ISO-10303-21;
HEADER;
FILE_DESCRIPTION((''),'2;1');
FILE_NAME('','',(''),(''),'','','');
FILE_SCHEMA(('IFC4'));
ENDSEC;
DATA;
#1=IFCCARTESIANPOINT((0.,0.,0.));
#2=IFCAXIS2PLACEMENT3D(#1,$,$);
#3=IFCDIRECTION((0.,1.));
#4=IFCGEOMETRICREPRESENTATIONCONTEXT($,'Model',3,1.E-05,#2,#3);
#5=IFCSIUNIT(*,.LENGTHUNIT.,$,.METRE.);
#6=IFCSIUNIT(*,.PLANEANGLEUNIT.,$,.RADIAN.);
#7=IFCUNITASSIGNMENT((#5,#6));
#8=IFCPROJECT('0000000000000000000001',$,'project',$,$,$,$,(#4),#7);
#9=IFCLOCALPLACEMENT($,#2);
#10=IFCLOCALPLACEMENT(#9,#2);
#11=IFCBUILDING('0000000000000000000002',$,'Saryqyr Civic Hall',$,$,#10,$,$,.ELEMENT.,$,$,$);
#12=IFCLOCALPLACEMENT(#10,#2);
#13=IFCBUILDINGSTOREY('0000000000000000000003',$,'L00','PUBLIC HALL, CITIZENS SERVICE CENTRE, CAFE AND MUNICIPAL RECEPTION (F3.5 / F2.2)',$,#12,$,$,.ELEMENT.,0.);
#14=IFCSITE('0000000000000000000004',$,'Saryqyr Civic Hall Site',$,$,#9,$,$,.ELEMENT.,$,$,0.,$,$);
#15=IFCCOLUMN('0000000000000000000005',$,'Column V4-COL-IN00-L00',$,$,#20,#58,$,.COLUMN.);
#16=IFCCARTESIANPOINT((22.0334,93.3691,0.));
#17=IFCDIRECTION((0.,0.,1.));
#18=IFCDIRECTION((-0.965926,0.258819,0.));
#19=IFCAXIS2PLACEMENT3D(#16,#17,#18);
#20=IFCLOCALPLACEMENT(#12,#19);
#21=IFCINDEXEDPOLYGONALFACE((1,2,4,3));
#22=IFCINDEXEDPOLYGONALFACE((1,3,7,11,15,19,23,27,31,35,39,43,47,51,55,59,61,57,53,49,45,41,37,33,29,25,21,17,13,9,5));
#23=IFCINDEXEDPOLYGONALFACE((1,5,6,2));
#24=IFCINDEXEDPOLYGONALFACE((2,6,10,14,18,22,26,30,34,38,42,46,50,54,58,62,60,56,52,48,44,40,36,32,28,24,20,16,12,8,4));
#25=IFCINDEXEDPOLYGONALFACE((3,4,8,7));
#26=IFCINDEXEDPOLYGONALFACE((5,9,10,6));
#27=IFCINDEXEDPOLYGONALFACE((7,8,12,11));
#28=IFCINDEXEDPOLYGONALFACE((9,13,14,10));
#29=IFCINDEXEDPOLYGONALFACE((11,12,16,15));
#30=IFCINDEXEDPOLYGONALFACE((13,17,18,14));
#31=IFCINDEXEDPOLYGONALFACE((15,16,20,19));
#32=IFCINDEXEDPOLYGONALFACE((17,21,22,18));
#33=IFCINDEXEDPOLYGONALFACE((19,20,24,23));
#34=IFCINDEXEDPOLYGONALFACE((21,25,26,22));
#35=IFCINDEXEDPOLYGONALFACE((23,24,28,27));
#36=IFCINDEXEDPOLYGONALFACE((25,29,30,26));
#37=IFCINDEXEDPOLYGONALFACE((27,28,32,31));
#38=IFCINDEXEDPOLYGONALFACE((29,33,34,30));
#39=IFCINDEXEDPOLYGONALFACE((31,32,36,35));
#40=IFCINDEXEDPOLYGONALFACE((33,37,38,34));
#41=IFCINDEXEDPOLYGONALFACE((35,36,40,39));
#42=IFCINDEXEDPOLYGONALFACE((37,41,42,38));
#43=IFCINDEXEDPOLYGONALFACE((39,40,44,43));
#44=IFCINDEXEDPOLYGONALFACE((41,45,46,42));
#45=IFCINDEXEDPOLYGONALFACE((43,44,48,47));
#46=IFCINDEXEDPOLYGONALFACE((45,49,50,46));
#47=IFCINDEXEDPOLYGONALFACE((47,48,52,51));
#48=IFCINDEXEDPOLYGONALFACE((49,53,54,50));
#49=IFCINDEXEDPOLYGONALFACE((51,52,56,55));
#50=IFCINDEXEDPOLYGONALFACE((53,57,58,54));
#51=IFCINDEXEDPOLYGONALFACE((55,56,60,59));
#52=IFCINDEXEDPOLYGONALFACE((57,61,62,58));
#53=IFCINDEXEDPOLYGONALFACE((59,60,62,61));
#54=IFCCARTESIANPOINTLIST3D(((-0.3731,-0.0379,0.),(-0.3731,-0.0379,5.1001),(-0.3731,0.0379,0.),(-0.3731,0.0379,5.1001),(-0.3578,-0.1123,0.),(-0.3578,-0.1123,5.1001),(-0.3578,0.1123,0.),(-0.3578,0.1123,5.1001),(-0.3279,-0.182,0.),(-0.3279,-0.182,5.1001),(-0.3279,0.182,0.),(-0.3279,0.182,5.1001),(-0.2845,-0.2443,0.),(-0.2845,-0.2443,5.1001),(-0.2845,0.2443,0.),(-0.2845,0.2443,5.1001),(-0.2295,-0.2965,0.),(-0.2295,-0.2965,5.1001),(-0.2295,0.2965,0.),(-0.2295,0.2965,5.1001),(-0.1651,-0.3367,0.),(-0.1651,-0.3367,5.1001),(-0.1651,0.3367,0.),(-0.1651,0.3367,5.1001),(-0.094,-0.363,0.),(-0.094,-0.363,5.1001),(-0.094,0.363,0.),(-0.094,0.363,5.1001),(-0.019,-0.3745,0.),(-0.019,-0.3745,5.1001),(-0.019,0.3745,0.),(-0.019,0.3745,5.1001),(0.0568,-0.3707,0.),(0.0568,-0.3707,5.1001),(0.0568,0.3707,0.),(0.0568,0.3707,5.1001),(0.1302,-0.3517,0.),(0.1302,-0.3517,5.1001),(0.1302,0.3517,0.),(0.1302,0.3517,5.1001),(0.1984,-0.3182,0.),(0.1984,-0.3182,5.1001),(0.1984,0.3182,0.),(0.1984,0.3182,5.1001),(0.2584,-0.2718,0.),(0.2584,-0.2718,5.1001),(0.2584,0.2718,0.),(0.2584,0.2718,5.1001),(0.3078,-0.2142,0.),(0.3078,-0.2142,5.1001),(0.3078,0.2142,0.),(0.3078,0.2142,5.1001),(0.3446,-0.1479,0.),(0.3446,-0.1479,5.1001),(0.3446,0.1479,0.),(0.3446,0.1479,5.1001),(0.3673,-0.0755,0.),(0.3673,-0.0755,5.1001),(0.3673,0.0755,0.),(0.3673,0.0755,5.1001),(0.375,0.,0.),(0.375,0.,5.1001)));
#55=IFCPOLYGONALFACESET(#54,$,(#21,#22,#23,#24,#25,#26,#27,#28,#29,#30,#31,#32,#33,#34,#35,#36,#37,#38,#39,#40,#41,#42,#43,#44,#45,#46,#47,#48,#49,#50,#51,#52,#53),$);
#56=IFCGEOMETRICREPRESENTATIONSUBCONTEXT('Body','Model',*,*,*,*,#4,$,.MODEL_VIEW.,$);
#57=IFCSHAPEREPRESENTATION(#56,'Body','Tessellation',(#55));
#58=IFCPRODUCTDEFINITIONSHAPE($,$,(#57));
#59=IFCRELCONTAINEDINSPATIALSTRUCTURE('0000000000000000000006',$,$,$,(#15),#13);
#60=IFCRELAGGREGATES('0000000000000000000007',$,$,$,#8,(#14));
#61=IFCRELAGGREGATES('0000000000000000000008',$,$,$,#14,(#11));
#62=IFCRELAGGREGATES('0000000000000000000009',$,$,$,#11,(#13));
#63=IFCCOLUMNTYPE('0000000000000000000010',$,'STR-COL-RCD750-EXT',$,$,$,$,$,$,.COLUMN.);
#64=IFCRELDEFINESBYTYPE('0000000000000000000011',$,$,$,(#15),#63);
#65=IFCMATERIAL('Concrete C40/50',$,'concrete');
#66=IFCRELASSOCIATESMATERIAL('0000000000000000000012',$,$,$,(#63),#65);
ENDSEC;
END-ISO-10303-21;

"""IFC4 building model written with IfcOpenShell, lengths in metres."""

from ifc_helpers import new_model, si_unit, direction, frame, origin, origin_2d, place, context, subcontext, project, spatial, circle, extrude, material, material_profile, profile_set, type_object, element, save


model = new_model("IFC4")

# Units and contexts
model_context = context("Model", 3, precision=1e-05, world=origin(), true_north=direction((0.0, 1.0)))
body_context = subcontext(model_context, "Body", "Model", "MODEL_VIEW")
ifc_project = project(units=[si_unit("LENGTHUNIT", "METRE"), si_unit("PLANEANGLEUNIT", "RADIAN")], contexts=[model_context])

# Site, building, storey
site_placement = place(None, origin())
site = spatial("IfcSite", under=ifc_project, at=site_placement, Name="Saryqyr Civic Hall Site", CompositionType="ELEMENT", RefElevation=0.0)
building_placement = place(site_placement, origin())
building = spatial("IfcBuilding", under=site, at=building_placement, Name="Saryqyr Civic Hall", CompositionType="ELEMENT")
storey_placement = place(building_placement, origin())
storey = spatial("IfcBuildingStorey", under=building, at=storey_placement, Name="L00", Description="PUBLIC HALL, CITIZENS SERVICE CENTRE, CAFE AND MUNICIPAL RECEPTION (F3.5 / F2.2)", CompositionType="ELEMENT", Elevation=0.0)

# Column
ifc_material_1 = material(Name="Concrete C40/50", Category="concrete")
ifc_material_profile_1 = material_profile(ifc_material_1, circle(Radius=0.375, at=origin_2d()), Name="RC D750")
ifc_profile_set_1 = profile_set([ifc_material_profile_1], Name="Concrete C40/50")
column_type_1 = type_object("IfcColumnType", Name="STR-COL-RCD750-EXT", PredefinedType="COLUMN", material=ifc_profile_set_1)
column_placement = place(storey_placement, frame((22.0334, 93.3691, 0.0), z_axis=(0.0, 0.0, 1.0), x_axis=(-0.965926, 0.258819, 0.0)))
element("IfcColumn", 1, at=column_placement, inside=storey, type_object=column_type_1, Name="Column V4-COL-IN00-L00", PredefinedType="COLUMN", context=body_context, shape_type="SweptSolid", body=[
    extrude(circle(Radius=0.375, at=origin_2d()), origin(), (0.0, 0.0, 1.0), 5.1001),
])

save(model, "model.ifc")
